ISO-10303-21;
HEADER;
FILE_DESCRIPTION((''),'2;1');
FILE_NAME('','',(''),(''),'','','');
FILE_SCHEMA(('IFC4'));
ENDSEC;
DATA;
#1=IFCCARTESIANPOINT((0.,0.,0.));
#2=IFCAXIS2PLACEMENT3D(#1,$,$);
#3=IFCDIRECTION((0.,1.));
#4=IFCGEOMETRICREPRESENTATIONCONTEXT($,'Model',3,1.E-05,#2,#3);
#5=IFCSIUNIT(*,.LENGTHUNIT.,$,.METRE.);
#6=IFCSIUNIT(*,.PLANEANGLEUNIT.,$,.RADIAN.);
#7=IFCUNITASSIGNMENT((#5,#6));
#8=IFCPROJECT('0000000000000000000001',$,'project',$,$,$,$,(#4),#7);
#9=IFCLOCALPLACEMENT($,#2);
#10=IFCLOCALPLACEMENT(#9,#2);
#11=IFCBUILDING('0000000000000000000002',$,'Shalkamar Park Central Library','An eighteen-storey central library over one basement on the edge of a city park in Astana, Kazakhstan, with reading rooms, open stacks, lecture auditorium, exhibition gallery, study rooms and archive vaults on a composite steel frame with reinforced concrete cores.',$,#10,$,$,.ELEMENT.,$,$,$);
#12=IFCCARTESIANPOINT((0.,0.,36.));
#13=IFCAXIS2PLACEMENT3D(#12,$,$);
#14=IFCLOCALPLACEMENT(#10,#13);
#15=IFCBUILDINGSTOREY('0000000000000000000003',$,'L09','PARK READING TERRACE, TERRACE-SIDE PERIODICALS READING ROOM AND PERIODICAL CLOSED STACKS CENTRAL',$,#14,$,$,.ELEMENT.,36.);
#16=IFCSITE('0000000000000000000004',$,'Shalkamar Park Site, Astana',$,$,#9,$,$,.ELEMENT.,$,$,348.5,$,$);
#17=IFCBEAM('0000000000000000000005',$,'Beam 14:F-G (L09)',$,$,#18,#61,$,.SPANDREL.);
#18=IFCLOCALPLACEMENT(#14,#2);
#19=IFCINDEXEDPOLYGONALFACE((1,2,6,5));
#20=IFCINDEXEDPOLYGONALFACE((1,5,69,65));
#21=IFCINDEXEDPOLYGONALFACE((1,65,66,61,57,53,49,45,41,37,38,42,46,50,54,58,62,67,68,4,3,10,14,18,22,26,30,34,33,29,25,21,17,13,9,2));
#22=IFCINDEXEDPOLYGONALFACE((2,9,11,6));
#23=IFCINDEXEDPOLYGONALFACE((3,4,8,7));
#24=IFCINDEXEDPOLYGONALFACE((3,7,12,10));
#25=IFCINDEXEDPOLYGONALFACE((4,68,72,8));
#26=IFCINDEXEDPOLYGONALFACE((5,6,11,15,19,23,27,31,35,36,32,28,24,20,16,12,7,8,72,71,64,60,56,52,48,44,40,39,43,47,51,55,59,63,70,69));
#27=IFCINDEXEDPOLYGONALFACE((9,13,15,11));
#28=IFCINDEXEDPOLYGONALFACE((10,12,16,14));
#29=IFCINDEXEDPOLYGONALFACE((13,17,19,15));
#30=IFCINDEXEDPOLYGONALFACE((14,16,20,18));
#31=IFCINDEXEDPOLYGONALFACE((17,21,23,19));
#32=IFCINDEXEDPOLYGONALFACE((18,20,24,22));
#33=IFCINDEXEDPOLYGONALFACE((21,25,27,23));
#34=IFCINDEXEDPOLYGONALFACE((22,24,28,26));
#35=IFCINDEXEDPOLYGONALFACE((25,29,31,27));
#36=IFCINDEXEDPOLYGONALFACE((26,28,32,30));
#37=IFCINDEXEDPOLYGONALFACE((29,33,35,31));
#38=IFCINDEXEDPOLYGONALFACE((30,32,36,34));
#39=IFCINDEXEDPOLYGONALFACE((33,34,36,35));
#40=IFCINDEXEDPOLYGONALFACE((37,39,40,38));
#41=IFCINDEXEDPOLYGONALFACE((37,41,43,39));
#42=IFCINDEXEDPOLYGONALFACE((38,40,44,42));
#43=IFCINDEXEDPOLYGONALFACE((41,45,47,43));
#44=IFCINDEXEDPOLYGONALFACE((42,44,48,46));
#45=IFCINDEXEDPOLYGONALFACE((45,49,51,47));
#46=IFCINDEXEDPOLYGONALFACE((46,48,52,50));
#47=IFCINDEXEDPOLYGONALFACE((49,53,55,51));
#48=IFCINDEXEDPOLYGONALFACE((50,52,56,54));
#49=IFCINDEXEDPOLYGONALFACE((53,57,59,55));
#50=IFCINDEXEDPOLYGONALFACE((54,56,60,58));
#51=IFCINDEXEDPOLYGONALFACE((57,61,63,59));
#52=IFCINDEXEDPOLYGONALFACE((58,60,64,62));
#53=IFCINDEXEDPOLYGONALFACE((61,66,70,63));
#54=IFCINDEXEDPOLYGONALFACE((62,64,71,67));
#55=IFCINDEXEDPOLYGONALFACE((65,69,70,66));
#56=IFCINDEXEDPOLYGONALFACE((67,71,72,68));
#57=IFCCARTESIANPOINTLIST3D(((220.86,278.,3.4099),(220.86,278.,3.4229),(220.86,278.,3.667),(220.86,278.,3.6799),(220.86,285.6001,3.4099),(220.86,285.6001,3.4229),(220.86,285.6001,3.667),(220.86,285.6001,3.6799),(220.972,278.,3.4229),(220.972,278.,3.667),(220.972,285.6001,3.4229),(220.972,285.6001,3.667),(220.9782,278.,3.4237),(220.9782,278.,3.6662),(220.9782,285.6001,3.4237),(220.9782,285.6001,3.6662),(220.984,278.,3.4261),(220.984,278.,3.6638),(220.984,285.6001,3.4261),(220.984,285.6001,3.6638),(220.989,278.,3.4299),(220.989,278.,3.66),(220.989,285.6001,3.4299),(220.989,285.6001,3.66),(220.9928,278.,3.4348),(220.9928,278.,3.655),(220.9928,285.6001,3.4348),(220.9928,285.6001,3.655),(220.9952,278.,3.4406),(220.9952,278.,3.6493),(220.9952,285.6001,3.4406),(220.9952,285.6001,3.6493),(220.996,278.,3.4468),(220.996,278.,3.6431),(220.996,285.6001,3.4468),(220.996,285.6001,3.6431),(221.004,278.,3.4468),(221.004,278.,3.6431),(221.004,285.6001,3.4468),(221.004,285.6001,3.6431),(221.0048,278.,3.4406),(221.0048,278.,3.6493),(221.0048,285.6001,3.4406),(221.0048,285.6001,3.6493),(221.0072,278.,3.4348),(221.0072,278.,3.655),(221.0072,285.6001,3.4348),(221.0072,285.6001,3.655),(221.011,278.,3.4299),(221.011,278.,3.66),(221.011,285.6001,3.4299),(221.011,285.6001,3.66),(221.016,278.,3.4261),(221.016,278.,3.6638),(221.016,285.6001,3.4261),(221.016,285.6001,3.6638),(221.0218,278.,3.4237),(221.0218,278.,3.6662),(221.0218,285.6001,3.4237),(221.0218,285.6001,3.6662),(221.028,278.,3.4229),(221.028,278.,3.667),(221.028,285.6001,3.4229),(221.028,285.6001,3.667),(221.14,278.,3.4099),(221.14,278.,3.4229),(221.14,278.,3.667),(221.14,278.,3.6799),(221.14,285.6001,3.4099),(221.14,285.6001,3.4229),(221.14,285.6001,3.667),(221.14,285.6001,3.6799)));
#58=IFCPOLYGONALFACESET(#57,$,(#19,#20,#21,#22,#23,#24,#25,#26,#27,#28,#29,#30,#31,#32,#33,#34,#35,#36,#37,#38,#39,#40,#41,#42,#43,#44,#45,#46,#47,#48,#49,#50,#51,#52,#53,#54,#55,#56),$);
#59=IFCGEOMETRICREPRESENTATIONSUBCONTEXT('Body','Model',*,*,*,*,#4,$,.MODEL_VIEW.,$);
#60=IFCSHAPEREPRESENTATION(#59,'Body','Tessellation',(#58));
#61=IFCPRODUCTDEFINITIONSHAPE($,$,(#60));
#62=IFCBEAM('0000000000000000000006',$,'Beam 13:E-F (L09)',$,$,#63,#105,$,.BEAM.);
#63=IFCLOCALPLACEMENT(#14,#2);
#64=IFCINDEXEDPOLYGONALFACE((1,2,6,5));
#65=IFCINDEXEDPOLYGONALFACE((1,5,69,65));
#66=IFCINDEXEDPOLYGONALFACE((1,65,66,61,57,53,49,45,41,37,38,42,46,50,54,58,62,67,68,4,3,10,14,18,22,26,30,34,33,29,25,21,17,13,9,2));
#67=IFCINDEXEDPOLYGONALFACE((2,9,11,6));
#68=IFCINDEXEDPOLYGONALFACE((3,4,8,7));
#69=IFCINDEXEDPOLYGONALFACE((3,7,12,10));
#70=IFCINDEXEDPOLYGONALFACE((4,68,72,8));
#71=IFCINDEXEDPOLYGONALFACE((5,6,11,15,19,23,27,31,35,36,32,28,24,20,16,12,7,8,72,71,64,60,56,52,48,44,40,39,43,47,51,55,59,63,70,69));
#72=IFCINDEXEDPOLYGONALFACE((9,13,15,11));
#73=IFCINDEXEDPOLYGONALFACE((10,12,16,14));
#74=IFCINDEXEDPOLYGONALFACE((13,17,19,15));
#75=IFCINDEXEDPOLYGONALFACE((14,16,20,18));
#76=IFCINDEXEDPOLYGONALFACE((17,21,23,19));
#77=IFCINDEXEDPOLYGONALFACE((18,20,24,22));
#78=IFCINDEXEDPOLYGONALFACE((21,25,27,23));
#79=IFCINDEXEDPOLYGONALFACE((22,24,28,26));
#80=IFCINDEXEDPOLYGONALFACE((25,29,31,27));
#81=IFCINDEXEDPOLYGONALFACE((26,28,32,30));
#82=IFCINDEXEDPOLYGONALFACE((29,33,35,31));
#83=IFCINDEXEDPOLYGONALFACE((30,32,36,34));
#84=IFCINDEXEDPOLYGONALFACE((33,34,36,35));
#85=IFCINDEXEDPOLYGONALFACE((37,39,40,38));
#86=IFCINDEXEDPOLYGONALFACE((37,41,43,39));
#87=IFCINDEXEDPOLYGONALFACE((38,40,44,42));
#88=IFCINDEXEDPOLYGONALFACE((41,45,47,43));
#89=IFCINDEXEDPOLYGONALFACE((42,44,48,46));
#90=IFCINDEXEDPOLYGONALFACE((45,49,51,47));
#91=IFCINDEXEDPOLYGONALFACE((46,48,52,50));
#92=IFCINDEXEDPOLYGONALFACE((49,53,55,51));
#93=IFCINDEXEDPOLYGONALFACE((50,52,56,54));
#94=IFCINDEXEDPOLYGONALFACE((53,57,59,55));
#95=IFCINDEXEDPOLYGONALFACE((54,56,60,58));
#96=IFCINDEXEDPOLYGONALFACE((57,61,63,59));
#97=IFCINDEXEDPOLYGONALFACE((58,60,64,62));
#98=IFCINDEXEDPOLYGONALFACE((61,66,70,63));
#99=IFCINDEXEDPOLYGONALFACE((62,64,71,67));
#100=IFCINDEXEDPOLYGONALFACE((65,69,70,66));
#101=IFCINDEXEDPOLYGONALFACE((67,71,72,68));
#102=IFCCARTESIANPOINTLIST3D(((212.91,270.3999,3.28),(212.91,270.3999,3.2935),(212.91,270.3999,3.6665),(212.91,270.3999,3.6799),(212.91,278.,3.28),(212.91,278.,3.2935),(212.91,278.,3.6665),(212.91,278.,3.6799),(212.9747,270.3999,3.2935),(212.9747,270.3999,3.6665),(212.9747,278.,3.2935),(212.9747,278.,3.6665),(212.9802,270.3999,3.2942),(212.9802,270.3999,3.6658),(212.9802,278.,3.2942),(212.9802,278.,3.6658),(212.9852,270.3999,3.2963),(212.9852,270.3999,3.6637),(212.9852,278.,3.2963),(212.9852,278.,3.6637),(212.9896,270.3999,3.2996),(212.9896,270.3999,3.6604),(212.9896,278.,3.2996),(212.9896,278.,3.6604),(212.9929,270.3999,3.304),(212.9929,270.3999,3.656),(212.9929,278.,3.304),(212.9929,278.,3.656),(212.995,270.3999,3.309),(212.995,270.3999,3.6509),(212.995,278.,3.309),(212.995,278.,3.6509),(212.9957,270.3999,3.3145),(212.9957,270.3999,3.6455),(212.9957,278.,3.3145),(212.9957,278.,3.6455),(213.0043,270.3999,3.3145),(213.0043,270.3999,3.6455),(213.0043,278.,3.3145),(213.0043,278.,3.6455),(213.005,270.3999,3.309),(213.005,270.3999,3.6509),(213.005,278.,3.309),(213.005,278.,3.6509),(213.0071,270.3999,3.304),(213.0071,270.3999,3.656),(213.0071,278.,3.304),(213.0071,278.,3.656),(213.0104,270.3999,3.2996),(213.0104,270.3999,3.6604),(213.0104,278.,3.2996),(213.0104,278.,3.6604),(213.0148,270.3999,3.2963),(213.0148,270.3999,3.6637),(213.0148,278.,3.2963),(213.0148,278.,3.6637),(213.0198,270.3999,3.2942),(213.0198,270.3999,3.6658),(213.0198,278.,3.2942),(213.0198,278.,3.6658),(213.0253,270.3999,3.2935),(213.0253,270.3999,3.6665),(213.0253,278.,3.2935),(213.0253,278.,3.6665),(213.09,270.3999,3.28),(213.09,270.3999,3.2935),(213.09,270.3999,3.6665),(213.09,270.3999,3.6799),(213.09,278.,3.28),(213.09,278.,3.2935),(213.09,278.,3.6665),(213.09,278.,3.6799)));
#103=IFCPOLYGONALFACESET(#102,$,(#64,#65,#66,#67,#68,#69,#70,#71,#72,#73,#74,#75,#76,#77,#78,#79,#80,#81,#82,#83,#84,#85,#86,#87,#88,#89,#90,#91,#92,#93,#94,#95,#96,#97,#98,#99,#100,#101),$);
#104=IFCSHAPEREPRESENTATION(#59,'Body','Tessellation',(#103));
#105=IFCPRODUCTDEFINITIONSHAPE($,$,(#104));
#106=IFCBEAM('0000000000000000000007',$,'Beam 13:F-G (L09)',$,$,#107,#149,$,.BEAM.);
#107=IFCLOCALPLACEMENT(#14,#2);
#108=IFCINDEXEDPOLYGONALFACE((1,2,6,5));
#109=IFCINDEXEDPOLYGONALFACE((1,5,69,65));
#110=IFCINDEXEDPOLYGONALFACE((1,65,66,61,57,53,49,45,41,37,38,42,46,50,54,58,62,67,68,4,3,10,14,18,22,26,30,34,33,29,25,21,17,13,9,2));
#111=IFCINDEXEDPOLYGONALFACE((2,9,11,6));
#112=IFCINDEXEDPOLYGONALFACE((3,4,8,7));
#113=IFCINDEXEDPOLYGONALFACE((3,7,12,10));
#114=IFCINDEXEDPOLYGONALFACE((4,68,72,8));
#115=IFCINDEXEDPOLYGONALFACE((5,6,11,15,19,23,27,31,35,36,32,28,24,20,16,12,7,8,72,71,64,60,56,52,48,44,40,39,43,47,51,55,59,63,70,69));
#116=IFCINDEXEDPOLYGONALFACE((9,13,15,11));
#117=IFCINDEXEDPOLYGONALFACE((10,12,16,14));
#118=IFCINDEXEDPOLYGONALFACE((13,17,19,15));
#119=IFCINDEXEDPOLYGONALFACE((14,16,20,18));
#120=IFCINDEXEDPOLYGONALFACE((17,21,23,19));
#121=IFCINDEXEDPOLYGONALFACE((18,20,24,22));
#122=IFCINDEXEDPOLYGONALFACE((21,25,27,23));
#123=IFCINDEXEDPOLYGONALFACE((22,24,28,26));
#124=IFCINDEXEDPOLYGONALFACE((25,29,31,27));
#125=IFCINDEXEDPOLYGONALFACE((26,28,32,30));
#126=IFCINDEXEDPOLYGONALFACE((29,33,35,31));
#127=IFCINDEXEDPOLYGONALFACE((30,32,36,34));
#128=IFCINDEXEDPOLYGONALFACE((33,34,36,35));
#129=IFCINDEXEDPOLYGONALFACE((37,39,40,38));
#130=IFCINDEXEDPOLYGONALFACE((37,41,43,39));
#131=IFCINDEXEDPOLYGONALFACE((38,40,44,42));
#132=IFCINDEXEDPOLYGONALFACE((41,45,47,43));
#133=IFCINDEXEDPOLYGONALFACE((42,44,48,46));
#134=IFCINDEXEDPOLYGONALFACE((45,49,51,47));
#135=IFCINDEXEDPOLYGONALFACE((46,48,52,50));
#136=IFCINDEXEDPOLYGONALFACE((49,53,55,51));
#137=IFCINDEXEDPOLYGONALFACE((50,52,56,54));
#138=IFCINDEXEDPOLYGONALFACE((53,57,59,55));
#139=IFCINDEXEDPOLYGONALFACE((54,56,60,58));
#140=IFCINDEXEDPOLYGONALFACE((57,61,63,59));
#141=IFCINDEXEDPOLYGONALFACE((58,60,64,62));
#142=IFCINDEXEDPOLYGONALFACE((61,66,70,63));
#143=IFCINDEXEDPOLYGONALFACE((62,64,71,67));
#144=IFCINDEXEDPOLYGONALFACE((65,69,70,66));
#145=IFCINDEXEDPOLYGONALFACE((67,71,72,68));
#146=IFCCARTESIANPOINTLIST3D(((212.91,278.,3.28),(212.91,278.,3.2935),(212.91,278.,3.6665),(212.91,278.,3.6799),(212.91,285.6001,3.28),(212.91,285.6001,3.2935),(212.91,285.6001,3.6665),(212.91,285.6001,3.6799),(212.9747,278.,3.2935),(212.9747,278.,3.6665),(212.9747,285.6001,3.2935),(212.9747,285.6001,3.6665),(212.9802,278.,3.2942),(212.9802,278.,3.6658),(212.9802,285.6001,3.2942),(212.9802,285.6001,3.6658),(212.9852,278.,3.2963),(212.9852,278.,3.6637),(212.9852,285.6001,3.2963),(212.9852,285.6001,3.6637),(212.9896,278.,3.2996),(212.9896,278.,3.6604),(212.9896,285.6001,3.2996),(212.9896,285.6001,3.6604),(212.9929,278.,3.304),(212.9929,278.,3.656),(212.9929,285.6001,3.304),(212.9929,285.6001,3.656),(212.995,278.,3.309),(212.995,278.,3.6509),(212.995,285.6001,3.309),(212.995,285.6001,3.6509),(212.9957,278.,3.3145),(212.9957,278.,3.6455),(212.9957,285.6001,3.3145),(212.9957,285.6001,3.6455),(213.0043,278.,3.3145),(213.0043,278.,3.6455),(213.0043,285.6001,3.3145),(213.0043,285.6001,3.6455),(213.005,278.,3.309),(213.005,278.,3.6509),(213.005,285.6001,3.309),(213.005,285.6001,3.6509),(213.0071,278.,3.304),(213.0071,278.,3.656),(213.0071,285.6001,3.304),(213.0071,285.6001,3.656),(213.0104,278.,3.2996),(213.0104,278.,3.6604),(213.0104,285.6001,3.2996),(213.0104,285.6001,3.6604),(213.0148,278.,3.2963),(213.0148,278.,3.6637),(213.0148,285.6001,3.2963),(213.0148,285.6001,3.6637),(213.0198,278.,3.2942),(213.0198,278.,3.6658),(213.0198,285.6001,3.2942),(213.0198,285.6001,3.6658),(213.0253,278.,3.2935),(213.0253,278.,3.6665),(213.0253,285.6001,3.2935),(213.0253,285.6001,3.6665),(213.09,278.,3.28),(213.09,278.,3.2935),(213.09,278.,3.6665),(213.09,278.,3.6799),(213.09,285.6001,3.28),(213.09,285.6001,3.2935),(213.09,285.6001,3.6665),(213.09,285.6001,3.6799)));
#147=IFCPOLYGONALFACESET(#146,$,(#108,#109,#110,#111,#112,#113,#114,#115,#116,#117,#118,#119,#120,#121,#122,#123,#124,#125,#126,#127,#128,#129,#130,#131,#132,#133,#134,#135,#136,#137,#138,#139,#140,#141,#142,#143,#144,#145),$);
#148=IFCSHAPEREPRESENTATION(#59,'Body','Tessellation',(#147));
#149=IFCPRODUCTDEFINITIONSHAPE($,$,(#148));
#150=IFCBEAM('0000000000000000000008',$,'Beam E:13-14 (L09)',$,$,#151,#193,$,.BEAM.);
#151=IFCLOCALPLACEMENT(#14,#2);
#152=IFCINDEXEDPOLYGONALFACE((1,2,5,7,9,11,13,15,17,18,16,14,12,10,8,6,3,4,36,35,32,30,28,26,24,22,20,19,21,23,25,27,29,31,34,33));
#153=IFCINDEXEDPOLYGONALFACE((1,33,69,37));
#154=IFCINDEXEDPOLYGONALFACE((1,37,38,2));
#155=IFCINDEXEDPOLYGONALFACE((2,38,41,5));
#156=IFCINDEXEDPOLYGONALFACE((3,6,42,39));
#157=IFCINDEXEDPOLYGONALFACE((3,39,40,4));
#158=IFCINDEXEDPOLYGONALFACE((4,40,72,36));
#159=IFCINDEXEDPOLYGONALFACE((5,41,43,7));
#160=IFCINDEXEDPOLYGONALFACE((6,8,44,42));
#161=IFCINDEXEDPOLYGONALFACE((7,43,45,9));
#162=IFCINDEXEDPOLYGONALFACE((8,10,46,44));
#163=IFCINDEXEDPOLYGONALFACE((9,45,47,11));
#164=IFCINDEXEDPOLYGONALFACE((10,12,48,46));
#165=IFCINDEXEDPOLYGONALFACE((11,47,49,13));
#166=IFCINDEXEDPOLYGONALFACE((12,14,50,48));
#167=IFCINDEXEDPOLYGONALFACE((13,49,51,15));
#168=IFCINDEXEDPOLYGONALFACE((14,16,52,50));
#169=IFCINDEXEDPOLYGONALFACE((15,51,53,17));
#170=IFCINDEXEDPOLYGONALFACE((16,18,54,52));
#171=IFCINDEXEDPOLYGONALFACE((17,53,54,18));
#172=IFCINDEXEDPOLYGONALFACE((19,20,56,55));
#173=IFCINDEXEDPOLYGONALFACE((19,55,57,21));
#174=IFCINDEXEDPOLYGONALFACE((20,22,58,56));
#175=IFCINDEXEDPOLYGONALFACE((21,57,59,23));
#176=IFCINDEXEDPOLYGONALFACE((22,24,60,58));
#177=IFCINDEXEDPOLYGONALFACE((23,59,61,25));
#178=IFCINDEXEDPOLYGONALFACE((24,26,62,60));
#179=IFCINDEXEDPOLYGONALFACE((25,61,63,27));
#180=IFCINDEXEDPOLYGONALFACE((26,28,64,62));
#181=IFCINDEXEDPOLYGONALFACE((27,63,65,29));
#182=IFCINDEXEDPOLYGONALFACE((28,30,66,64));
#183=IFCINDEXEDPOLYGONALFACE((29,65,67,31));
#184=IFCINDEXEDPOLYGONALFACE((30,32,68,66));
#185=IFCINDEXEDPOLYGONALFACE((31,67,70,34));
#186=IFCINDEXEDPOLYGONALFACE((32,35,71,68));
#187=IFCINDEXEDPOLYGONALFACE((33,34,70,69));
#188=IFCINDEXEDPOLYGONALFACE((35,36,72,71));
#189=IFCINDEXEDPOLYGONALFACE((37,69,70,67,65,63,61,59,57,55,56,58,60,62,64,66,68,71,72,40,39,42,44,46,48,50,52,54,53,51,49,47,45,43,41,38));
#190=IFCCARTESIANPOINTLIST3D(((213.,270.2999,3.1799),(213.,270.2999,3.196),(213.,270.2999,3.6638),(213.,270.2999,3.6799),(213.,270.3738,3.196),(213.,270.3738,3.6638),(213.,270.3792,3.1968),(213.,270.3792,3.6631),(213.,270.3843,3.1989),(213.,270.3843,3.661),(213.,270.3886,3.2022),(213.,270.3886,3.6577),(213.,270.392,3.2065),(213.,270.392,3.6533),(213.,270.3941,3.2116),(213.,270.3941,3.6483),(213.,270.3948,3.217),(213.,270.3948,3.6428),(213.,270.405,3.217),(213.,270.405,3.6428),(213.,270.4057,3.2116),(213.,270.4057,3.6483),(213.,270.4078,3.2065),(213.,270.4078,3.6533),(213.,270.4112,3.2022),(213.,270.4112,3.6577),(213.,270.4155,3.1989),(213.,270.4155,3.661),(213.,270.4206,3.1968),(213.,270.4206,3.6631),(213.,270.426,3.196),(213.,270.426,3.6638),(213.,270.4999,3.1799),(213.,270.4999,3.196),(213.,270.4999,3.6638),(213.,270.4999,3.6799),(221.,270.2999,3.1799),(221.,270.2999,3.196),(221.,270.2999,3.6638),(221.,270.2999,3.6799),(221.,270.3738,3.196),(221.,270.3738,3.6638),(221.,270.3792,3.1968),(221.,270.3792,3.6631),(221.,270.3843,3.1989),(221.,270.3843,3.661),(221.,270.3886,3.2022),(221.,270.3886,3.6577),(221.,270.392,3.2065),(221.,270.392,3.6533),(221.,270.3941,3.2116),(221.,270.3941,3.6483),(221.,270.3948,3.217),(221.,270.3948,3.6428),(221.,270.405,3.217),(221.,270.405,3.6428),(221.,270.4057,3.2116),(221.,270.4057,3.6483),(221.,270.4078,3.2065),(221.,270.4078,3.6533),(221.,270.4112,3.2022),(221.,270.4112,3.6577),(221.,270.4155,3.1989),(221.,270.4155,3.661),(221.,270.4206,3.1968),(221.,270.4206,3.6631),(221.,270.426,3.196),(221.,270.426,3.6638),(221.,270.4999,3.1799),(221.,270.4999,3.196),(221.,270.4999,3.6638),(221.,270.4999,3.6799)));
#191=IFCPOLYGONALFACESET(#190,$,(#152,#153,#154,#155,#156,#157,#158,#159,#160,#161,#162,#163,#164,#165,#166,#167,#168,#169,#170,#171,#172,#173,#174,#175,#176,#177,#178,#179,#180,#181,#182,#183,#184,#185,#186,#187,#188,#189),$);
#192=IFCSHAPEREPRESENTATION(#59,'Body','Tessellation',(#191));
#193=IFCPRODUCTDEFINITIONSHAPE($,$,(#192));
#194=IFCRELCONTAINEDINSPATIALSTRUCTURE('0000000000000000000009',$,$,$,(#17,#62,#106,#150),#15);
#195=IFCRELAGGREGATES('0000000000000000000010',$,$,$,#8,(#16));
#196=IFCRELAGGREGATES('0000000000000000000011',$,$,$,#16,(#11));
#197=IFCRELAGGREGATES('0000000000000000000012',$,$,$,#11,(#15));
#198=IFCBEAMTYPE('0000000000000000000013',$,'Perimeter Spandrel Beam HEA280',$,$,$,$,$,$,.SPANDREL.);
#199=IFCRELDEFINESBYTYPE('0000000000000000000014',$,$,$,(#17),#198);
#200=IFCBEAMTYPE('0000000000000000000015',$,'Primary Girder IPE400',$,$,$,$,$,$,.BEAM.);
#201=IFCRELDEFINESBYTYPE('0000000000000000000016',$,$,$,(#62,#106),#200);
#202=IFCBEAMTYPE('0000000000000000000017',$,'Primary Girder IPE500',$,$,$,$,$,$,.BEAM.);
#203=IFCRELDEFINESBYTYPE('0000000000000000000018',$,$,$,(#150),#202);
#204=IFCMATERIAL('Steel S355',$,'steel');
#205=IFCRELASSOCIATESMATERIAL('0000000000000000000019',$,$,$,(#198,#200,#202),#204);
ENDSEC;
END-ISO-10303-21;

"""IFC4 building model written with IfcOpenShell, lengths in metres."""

from ifc_helpers import new_model, si_unit, direction, frame, origin, origin_2d, place, context, subcontext, project, spatial, i_section, extrude, material, material_profile, profile_set, type_object, element, save


model = new_model("IFC4")

# Units and contexts
model_context = context("Model", 3, precision=1e-05, world=origin(), true_north=direction((0.0, 1.0)))
body_context = subcontext(model_context, "Body", "Model", "MODEL_VIEW")
ifc_project = project(units=[si_unit("LENGTHUNIT", "METRE"), si_unit("PLANEANGLEUNIT", "RADIAN")], contexts=[model_context])

# Site, building, storey
site_placement = place(None, origin())
site = spatial("IfcSite", under=ifc_project, at=site_placement, Name="Shalkamar Park Site, Astana", CompositionType="ELEMENT", RefElevation=348.5)
building_placement = place(site_placement, origin())
building = spatial("IfcBuilding", under=site, at=building_placement, Name="Shalkamar Park Central Library", Description="An eighteen-storey central library over one basement on the edge of a city park in Astana, Kazakhstan, with reading rooms, open stacks, lecture auditorium, exhibition gallery, study rooms and archive vaults on a composite steel frame with reinforced concrete cores.", CompositionType="ELEMENT")
storey_placement = place(building_placement, frame((0.0, 0.0, 36.0)))
storey = spatial("IfcBuildingStorey", under=building, at=storey_placement, Name="L09", Description="PARK READING TERRACE, TERRACE-SIDE PERIODICALS READING ROOM AND PERIODICAL CLOSED STACKS CENTRAL", CompositionType="ELEMENT", Elevation=36.0)

# Shared definitions
ifc_material_1 = material(Name="Steel S355", Category="steel")

# Beams
ifc_material_profile_1 = material_profile(ifc_material_1, i_section(OverallWidth=0.28, OverallDepth=0.27, WebThickness=0.0081, FlangeThickness=0.0129, FilletRadius=0.0239, at=origin_2d()), Name="HEA 280")
ifc_profile_set_1 = profile_set([ifc_material_profile_1], Name="Steel S355")
beam_type_1 = type_object("IfcBeamType", Name="Perimeter Spandrel Beam HEA280", PredefinedType="SPANDREL", material=ifc_profile_set_1)
for number, where, z_axis, x_axis, name in (
    (1, (221.0, 278.0, 3.5449), (0.0, 1.0, 0.0), (-1.0, 0.0, 0.0), "Beam 14:F-G (L09)"),
):
    element("IfcBeam", number, at=place(storey_placement, frame(where, z_axis=z_axis, x_axis=x_axis)), inside=storey, type_object=beam_type_1, Name=name, PredefinedType="SPANDREL", context=body_context, shape_type="SweptSolid", body=[
        extrude(i_section(OverallWidth=0.28, OverallDepth=0.27, WebThickness=0.0081, FlangeThickness=0.0129, FilletRadius=0.0239, at=origin_2d()), origin(), (0.0, 0.0, 1.0), 7.6001),
    ])
ifc_material_profile_2 = material_profile(ifc_material_1, i_section(OverallWidth=0.1799, OverallDepth=0.3999, WebThickness=0.0085, FlangeThickness=0.0134, FilletRadius=0.021, at=origin_2d()), Name="IPE 400")
ifc_profile_set_2 = profile_set([ifc_material_profile_2], Name="Steel S355")
beam_type_2 = type_object("IfcBeamType", Name="Primary Girder IPE400", PredefinedType="BEAM", material=ifc_profile_set_2)
for number, where, z_axis, x_axis, name in (
    (2, (213.0, 270.3999, 3.48), (0.0, 1.0, 0.0), (-1.0, 0.0, 0.0), "Beam 13:E-F (L09)"),
    (3, (213.0, 278.0, 3.48), (0.0, 1.0, 0.0), (-1.0, 0.0, 0.0), "Beam 13:F-G (L09)"),
):
    element("IfcBeam", number, at=place(storey_placement, frame(where, z_axis=z_axis, x_axis=x_axis)), inside=storey, type_object=beam_type_2, Name=name, PredefinedType="BEAM", context=body_context, shape_type="SweptSolid", body=[
        extrude(i_section(OverallWidth=0.1799, OverallDepth=0.3999, WebThickness=0.0085, FlangeThickness=0.0134, FilletRadius=0.021, at=origin_2d()), origin(), (0.0, 0.0, 1.0), 7.6001),
    ])
ifc_material_profile_3 = material_profile(ifc_material_1, i_section(OverallWidth=0.2, OverallDepth=0.5, WebThickness=0.0103, FlangeThickness=0.0161, FilletRadius=0.021, at=origin_2d()), Name="IPE 500")
ifc_profile_set_3 = profile_set([ifc_material_profile_3], Name="Steel S355")
beam_type_3 = type_object("IfcBeamType", Name="Primary Girder IPE500", PredefinedType="BEAM", material=ifc_profile_set_3)
for number, where, z_axis, x_axis, name in (
    (4, (213.0, 270.3999, 3.4299), (1.0, 0.0, 0.0), (0.0, 1.0, 0.0), "Beam E:13-14 (L09)"),
):
    element("IfcBeam", number, at=place(storey_placement, frame(where, z_axis=z_axis, x_axis=x_axis)), inside=storey, type_object=beam_type_3, Name=name, PredefinedType="BEAM", context=body_context, shape_type="SweptSolid", body=[
        extrude(i_section(OverallWidth=0.2, OverallDepth=0.5, WebThickness=0.0103, FlangeThickness=0.0161, FilletRadius=0.021, at=origin_2d()), origin(), (0.0, 0.0, 1.0), 8.0),
    ])

save(model, "model.ifc")
